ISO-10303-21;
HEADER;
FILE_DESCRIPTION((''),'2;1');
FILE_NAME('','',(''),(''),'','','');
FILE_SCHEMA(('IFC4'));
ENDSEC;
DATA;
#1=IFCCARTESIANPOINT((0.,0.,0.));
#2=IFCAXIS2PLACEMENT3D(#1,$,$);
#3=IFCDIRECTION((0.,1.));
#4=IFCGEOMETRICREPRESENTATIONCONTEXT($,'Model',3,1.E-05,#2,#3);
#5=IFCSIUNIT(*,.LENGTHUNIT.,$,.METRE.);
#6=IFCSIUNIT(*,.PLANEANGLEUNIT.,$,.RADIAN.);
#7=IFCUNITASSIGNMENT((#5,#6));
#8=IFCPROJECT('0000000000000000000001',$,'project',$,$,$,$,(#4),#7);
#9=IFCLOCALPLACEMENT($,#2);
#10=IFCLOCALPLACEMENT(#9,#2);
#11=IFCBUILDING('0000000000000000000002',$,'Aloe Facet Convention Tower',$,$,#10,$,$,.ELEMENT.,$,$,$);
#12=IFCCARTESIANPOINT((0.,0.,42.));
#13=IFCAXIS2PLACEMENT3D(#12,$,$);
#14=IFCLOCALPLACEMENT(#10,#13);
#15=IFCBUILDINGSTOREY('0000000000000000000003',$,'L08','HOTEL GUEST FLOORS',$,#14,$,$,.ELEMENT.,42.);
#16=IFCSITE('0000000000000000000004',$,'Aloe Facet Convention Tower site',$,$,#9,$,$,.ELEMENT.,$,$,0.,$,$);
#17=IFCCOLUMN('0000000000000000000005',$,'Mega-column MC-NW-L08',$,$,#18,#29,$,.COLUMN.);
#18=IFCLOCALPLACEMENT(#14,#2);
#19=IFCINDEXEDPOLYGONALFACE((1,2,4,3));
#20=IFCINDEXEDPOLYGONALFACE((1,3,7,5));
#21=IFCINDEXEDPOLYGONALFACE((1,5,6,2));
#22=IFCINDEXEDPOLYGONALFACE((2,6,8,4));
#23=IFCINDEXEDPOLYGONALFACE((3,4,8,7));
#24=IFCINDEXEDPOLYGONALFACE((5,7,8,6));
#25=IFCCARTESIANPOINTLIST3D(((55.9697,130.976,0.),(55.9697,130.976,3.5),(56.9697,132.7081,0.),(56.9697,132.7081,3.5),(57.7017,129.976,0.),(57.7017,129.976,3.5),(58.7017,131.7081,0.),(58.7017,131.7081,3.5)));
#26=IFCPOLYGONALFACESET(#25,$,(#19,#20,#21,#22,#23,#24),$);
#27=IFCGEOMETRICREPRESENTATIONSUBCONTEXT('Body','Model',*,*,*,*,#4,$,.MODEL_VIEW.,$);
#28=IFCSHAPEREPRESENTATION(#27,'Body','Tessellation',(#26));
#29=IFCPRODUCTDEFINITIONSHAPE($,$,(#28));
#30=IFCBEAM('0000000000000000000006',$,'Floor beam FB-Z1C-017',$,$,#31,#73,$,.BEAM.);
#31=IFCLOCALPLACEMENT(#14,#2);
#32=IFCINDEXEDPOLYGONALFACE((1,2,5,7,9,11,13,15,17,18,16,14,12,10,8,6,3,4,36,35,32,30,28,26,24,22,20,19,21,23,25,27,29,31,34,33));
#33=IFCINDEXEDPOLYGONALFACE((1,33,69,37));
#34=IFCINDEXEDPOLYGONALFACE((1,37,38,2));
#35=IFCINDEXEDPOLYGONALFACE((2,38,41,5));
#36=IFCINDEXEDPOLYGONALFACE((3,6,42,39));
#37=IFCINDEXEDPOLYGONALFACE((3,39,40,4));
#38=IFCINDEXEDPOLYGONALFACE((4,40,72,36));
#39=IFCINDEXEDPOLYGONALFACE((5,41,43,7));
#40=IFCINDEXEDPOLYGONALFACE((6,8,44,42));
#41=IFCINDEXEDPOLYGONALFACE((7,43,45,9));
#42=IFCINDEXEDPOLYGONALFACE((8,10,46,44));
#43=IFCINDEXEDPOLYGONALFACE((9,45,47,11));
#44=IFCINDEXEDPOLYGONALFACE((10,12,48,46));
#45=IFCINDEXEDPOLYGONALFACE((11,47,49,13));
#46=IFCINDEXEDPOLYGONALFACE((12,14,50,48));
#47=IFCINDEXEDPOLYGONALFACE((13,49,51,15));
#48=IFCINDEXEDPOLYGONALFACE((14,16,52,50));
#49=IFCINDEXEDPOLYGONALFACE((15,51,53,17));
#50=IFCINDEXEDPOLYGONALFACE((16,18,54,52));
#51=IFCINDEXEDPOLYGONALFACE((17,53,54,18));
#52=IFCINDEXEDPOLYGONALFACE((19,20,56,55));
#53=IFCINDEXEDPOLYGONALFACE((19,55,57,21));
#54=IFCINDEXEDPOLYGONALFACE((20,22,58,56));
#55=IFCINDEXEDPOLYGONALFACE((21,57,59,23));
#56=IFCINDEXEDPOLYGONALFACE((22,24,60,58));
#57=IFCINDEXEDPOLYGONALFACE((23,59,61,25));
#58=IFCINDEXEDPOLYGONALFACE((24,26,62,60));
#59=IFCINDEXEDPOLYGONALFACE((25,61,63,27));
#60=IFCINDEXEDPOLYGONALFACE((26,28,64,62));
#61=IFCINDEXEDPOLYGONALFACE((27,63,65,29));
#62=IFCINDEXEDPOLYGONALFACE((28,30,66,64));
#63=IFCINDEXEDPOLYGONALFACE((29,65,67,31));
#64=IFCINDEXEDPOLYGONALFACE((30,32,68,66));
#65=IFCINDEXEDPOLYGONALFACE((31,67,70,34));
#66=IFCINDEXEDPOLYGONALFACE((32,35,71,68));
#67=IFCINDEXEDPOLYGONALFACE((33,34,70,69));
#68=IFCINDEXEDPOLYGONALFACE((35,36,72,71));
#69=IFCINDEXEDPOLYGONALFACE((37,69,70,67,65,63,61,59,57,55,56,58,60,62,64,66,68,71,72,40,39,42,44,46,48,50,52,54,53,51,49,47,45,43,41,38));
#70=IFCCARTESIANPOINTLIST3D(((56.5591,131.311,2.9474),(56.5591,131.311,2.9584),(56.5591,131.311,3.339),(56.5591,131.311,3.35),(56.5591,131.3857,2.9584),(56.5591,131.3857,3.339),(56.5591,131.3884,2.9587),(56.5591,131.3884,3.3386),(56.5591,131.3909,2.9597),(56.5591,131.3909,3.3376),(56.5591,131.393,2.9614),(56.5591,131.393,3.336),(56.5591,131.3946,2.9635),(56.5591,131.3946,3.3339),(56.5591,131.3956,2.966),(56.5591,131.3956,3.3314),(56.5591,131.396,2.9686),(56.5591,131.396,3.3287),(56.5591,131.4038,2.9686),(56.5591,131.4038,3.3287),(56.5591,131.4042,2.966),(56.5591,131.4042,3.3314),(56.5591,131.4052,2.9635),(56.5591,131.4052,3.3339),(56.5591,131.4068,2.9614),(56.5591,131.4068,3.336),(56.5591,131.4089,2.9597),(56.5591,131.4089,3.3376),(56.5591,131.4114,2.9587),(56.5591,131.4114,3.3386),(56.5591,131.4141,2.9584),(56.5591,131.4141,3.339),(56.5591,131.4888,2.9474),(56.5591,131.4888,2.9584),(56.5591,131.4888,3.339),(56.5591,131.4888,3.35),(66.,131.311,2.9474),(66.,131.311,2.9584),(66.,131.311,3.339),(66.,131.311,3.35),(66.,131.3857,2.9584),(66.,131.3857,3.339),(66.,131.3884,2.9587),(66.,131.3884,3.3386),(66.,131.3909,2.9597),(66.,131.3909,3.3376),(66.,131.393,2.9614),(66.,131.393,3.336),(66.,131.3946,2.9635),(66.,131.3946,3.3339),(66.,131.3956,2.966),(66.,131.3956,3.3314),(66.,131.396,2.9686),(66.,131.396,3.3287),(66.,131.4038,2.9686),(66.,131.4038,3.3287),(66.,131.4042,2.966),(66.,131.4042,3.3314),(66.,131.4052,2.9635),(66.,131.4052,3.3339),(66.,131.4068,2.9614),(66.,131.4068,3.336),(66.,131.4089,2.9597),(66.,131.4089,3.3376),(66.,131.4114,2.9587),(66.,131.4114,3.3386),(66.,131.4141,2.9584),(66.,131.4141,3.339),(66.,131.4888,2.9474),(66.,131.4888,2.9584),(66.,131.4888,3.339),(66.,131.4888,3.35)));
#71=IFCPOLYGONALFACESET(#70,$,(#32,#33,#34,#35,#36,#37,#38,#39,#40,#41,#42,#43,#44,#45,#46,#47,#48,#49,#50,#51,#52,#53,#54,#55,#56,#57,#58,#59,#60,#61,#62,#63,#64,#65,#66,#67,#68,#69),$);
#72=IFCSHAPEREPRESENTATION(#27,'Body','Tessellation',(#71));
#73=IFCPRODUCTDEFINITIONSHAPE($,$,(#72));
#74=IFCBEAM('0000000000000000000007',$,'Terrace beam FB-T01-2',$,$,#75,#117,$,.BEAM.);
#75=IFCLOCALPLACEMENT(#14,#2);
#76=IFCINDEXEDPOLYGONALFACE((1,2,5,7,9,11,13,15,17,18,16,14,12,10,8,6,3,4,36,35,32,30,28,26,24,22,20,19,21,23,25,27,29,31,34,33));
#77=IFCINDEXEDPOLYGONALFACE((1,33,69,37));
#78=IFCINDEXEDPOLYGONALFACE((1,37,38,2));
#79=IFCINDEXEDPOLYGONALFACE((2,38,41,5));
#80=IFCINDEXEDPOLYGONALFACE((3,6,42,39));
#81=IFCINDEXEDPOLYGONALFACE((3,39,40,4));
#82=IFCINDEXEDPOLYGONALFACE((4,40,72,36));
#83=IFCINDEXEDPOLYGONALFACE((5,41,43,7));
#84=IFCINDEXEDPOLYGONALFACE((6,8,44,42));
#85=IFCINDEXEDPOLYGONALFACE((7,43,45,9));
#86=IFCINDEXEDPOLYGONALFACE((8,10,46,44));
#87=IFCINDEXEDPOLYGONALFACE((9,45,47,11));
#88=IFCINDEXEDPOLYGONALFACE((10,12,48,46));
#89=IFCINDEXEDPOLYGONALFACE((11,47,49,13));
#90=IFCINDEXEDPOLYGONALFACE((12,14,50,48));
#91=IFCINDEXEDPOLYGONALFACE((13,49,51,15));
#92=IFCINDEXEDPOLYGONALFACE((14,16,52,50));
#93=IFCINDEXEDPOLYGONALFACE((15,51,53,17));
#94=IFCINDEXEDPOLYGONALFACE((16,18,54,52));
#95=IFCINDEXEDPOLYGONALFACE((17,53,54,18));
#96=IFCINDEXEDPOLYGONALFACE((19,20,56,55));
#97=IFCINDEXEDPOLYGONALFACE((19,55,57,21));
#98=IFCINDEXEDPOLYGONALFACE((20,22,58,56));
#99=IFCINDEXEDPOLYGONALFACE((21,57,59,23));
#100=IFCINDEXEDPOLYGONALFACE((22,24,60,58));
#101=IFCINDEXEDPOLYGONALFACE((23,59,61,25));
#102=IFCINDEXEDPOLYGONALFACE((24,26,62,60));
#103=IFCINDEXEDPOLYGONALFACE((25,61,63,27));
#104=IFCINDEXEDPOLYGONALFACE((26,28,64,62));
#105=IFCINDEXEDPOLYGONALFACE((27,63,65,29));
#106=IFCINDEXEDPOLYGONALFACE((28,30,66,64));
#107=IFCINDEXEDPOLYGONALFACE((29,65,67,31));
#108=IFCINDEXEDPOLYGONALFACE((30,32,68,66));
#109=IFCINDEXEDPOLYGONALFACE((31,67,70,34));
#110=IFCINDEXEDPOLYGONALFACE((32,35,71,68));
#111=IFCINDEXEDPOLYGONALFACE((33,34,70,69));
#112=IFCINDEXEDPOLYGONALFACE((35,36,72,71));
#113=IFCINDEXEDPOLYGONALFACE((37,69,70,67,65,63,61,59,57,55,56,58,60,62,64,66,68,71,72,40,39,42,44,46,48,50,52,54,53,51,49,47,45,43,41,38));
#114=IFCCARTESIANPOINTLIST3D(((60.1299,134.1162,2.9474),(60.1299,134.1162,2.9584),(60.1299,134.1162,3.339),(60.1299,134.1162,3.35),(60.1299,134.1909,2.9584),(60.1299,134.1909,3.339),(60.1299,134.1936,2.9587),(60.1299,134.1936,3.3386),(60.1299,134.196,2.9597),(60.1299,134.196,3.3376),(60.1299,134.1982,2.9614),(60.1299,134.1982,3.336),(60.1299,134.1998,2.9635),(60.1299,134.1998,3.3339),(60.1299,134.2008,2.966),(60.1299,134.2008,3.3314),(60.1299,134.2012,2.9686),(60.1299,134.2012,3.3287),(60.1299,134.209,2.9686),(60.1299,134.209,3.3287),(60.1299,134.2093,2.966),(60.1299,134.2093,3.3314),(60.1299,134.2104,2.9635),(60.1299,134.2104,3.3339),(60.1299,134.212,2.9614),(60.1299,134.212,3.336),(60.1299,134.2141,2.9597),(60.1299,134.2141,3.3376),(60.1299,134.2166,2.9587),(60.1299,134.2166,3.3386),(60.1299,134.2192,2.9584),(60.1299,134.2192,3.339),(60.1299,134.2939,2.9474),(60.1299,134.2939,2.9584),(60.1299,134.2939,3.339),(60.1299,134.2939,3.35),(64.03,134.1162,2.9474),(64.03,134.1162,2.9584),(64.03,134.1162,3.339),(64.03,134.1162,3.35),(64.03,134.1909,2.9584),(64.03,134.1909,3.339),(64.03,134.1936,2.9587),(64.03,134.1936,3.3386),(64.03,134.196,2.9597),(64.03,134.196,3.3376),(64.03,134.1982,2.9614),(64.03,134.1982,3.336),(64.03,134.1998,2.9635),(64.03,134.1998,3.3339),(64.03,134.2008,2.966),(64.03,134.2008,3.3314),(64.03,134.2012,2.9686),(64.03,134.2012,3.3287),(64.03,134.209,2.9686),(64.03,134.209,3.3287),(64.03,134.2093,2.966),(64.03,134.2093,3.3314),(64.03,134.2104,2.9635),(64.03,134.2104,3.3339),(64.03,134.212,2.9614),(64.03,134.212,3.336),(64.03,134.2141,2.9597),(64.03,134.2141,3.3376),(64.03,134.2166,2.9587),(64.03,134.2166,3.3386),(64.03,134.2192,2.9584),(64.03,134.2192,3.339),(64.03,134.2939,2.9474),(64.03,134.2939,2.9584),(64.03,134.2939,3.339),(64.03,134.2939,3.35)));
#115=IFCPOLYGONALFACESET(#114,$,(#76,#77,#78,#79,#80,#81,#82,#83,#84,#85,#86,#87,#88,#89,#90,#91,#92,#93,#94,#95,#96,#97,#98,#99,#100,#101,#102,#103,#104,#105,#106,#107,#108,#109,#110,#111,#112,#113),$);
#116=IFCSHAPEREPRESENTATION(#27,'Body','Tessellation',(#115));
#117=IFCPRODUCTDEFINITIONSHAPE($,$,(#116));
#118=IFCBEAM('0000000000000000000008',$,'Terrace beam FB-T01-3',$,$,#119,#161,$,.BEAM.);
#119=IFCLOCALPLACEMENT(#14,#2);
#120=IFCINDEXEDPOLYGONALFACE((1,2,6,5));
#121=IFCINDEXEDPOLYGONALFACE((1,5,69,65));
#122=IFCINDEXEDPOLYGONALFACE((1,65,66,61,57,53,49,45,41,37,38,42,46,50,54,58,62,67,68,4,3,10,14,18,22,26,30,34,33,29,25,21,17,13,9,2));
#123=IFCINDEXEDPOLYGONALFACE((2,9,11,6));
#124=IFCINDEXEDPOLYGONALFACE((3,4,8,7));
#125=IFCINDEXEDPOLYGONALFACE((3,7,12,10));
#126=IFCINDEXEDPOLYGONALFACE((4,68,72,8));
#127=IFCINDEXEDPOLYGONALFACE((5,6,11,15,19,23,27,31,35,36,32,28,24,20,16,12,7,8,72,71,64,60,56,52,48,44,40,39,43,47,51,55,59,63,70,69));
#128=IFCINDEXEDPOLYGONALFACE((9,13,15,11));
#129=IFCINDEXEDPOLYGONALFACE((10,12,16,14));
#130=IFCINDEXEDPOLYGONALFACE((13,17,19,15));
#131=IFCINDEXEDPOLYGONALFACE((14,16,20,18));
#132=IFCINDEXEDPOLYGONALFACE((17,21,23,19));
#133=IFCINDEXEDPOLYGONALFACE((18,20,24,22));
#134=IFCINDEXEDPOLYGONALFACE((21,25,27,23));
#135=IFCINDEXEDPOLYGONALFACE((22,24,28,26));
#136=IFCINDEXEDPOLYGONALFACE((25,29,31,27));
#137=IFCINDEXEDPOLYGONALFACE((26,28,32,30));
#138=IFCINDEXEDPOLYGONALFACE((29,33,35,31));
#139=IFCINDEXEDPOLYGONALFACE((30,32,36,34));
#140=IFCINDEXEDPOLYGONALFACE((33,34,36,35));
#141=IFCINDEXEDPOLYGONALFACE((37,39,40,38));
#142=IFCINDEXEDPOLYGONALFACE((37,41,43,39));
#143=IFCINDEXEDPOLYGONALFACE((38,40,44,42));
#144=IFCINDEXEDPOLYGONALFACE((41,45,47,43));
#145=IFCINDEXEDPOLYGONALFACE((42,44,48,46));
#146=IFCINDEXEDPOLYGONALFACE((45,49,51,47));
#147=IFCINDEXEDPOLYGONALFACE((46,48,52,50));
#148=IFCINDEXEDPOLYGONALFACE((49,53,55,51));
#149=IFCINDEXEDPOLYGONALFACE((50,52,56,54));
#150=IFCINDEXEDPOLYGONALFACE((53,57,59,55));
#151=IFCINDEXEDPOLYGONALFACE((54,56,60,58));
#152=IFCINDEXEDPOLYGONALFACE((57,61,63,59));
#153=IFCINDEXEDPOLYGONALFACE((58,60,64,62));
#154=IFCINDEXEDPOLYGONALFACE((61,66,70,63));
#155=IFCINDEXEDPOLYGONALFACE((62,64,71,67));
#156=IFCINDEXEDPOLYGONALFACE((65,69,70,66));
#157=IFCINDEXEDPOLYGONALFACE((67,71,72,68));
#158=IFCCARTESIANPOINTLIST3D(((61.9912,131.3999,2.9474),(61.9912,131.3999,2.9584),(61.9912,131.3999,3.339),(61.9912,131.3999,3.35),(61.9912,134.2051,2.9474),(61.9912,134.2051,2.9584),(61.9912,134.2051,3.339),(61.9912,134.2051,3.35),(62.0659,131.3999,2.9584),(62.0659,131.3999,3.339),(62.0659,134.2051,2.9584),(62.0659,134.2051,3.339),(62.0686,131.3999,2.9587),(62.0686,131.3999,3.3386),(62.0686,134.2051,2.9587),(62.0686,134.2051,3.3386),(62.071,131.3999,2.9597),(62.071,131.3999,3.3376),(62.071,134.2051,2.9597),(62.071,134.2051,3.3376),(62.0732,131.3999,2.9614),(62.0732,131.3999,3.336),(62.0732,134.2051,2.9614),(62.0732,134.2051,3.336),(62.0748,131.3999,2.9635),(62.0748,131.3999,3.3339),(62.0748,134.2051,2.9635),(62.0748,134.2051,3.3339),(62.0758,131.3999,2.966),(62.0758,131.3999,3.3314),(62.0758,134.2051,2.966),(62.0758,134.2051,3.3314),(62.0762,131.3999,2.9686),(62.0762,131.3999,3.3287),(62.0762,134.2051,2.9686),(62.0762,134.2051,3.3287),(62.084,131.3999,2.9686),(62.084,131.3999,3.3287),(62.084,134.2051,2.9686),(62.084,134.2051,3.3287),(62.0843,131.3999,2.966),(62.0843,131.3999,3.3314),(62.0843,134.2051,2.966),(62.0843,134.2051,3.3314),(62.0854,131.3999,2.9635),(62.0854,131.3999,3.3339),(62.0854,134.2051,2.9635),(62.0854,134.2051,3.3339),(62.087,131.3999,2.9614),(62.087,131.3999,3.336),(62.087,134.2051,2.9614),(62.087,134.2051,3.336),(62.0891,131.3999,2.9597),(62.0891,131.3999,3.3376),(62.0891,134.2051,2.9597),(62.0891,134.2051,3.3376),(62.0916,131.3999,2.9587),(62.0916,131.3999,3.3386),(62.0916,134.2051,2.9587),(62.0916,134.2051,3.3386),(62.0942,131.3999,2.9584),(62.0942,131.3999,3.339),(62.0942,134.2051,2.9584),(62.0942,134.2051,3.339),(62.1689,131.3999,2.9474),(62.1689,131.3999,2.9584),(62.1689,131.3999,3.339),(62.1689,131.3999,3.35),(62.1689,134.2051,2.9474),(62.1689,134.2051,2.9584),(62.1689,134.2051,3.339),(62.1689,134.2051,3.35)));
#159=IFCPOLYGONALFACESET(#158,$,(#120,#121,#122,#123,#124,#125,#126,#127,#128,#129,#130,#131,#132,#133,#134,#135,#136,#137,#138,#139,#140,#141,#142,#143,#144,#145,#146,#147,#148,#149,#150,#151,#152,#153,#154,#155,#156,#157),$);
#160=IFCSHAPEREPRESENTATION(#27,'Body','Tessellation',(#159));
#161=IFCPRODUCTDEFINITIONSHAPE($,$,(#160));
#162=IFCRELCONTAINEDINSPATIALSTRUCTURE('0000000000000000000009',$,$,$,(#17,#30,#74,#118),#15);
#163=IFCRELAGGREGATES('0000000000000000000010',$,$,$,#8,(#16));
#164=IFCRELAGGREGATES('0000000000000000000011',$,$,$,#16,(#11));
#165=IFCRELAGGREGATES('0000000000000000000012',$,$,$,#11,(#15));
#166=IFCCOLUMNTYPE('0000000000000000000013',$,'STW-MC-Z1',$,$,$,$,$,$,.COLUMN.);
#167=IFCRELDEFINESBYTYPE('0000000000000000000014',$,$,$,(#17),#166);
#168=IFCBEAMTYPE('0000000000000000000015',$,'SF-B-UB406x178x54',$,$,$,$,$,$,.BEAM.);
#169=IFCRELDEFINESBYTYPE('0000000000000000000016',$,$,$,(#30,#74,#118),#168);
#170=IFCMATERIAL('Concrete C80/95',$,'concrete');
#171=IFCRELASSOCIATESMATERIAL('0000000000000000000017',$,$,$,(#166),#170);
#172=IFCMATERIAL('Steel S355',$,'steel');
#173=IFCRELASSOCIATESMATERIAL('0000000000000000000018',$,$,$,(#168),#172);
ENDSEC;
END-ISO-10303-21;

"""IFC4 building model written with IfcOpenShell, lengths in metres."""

from ifc_helpers import new_model, si_unit, direction, frame, origin, origin_2d, place, context, subcontext, project, spatial, rectangle, i_section, extrude, material, material_profile, profile_set, type_object, element, save


model = new_model("IFC4")

# Units and contexts
model_context = context("Model", 3, precision=1e-05, world=origin(), true_north=direction((0.0, 1.0)))
body_context = subcontext(model_context, "Body", "Model", "MODEL_VIEW")
ifc_project = project(units=[si_unit("LENGTHUNIT", "METRE"), si_unit("PLANEANGLEUNIT", "RADIAN")], contexts=[model_context])

# Site, building, storey
site_placement = place(None, origin())
site = spatial("IfcSite", under=ifc_project, at=site_placement, Name="Aloe Facet Convention Tower site", CompositionType="ELEMENT", RefElevation=0.0)
building_placement = place(site_placement, origin())
building = spatial("IfcBuilding", under=site, at=building_placement, Name="Aloe Facet Convention Tower", CompositionType="ELEMENT")
storey_placement = place(building_placement, frame((0.0, 0.0, 42.0)))
storey = spatial("IfcBuildingStorey", under=building, at=storey_placement, Name="L08", Description="HOTEL GUEST FLOORS", CompositionType="ELEMENT", Elevation=42.0)

# Column
ifc_material_1 = material(Name="Concrete C80/95", Category="concrete")
ifc_material_profile_1 = material_profile(ifc_material_1, rectangle(XDim=2.0, YDim=2.0, at=origin_2d()), Name="STW-MC-Z1")
ifc_profile_set_1 = profile_set([ifc_material_profile_1], Name="Concrete C80/95")
column_type = type_object("IfcColumnType", Name="STW-MC-Z1", PredefinedType="COLUMN", material=ifc_profile_set_1)
column_placement = place(storey_placement, frame((57.3357, 131.342, 0.0), z_axis=(0.0, 0.0, 1.0), x_axis=(-0.5, -0.866025, 0.0)))
element("IfcColumn", 1, at=column_placement, inside=storey, type_object=column_type, Name="Mega-column MC-NW-L08", PredefinedType="COLUMN", context=body_context, shape_type="SweptSolid", body=[
    extrude(rectangle(XDim=2.0, YDim=2.0, at=origin_2d()), origin(), (0.0, 0.0, 1.0), 3.5),
])

# Beams
ifc_material_2 = material(Name="Steel S355", Category="steel")
ifc_material_profile_2 = material_profile(ifc_material_2, i_section(OverallWidth=0.1777, OverallDepth=0.4026, WebThickness=0.0078, FlangeThickness=0.011, FilletRadius=0.0103, at=origin_2d()), Name="UB 406x178x54")
ifc_profile_set_2 = profile_set([ifc_material_profile_2], Name="Steel S355")
beam_type_1 = type_object("IfcBeamType", Name="SF-B-UB406x178x54", PredefinedType="BEAM", material=ifc_profile_set_2)
beam_1_placement = place(storey_placement, frame((56.5591, 131.3999, 3.1487), z_axis=(1.0, 0.0, 0.0), x_axis=(0.0, 1.0, 0.0)))
element("IfcBeam", 2, at=beam_1_placement, inside=storey, type_object=beam_type_1, Name="Floor beam FB-Z1C-017", PredefinedType="BEAM", context=body_context, shape_type="SweptSolid", body=[
    extrude(i_section(OverallWidth=0.1777, OverallDepth=0.4026, WebThickness=0.0078, FlangeThickness=0.011, FilletRadius=0.0103, at=origin_2d()), origin(), (0.0, 0.0, 1.0), 9.4409),
])
beam_2_placement = place(storey_placement, frame((60.1299, 134.2051, 3.1487), z_axis=(1.0, 0.0, 0.0), x_axis=(0.0, 1.0, 0.0)))
element("IfcBeam", 3, at=beam_2_placement, inside=storey, type_object=beam_type_1, Name="Terrace beam FB-T01-2", PredefinedType="BEAM", context=body_context, shape_type="SweptSolid", body=[
    extrude(i_section(OverallWidth=0.1777, OverallDepth=0.4026, WebThickness=0.0078, FlangeThickness=0.011, FilletRadius=0.0103, at=origin_2d()), origin(), (0.0, 0.0, 1.0), 3.9001),
])
beam_3_placement = place(storey_placement, frame((62.0801, 131.3999, 3.1487), z_axis=(0.0, 1.0, 0.0), x_axis=(-1.0, 0.0, 0.0)))
element("IfcBeam", 4, at=beam_3_placement, inside=storey, type_object=beam_type_1, Name="Terrace beam FB-T01-3", PredefinedType="BEAM", context=body_context, shape_type="SweptSolid", body=[
    extrude(i_section(OverallWidth=0.1777, OverallDepth=0.4026, WebThickness=0.0078, FlangeThickness=0.011, FilletRadius=0.0103, at=origin_2d()), origin(), (0.0, 0.0, 1.0), 2.8052),
])

save(model, "model.ifc")
